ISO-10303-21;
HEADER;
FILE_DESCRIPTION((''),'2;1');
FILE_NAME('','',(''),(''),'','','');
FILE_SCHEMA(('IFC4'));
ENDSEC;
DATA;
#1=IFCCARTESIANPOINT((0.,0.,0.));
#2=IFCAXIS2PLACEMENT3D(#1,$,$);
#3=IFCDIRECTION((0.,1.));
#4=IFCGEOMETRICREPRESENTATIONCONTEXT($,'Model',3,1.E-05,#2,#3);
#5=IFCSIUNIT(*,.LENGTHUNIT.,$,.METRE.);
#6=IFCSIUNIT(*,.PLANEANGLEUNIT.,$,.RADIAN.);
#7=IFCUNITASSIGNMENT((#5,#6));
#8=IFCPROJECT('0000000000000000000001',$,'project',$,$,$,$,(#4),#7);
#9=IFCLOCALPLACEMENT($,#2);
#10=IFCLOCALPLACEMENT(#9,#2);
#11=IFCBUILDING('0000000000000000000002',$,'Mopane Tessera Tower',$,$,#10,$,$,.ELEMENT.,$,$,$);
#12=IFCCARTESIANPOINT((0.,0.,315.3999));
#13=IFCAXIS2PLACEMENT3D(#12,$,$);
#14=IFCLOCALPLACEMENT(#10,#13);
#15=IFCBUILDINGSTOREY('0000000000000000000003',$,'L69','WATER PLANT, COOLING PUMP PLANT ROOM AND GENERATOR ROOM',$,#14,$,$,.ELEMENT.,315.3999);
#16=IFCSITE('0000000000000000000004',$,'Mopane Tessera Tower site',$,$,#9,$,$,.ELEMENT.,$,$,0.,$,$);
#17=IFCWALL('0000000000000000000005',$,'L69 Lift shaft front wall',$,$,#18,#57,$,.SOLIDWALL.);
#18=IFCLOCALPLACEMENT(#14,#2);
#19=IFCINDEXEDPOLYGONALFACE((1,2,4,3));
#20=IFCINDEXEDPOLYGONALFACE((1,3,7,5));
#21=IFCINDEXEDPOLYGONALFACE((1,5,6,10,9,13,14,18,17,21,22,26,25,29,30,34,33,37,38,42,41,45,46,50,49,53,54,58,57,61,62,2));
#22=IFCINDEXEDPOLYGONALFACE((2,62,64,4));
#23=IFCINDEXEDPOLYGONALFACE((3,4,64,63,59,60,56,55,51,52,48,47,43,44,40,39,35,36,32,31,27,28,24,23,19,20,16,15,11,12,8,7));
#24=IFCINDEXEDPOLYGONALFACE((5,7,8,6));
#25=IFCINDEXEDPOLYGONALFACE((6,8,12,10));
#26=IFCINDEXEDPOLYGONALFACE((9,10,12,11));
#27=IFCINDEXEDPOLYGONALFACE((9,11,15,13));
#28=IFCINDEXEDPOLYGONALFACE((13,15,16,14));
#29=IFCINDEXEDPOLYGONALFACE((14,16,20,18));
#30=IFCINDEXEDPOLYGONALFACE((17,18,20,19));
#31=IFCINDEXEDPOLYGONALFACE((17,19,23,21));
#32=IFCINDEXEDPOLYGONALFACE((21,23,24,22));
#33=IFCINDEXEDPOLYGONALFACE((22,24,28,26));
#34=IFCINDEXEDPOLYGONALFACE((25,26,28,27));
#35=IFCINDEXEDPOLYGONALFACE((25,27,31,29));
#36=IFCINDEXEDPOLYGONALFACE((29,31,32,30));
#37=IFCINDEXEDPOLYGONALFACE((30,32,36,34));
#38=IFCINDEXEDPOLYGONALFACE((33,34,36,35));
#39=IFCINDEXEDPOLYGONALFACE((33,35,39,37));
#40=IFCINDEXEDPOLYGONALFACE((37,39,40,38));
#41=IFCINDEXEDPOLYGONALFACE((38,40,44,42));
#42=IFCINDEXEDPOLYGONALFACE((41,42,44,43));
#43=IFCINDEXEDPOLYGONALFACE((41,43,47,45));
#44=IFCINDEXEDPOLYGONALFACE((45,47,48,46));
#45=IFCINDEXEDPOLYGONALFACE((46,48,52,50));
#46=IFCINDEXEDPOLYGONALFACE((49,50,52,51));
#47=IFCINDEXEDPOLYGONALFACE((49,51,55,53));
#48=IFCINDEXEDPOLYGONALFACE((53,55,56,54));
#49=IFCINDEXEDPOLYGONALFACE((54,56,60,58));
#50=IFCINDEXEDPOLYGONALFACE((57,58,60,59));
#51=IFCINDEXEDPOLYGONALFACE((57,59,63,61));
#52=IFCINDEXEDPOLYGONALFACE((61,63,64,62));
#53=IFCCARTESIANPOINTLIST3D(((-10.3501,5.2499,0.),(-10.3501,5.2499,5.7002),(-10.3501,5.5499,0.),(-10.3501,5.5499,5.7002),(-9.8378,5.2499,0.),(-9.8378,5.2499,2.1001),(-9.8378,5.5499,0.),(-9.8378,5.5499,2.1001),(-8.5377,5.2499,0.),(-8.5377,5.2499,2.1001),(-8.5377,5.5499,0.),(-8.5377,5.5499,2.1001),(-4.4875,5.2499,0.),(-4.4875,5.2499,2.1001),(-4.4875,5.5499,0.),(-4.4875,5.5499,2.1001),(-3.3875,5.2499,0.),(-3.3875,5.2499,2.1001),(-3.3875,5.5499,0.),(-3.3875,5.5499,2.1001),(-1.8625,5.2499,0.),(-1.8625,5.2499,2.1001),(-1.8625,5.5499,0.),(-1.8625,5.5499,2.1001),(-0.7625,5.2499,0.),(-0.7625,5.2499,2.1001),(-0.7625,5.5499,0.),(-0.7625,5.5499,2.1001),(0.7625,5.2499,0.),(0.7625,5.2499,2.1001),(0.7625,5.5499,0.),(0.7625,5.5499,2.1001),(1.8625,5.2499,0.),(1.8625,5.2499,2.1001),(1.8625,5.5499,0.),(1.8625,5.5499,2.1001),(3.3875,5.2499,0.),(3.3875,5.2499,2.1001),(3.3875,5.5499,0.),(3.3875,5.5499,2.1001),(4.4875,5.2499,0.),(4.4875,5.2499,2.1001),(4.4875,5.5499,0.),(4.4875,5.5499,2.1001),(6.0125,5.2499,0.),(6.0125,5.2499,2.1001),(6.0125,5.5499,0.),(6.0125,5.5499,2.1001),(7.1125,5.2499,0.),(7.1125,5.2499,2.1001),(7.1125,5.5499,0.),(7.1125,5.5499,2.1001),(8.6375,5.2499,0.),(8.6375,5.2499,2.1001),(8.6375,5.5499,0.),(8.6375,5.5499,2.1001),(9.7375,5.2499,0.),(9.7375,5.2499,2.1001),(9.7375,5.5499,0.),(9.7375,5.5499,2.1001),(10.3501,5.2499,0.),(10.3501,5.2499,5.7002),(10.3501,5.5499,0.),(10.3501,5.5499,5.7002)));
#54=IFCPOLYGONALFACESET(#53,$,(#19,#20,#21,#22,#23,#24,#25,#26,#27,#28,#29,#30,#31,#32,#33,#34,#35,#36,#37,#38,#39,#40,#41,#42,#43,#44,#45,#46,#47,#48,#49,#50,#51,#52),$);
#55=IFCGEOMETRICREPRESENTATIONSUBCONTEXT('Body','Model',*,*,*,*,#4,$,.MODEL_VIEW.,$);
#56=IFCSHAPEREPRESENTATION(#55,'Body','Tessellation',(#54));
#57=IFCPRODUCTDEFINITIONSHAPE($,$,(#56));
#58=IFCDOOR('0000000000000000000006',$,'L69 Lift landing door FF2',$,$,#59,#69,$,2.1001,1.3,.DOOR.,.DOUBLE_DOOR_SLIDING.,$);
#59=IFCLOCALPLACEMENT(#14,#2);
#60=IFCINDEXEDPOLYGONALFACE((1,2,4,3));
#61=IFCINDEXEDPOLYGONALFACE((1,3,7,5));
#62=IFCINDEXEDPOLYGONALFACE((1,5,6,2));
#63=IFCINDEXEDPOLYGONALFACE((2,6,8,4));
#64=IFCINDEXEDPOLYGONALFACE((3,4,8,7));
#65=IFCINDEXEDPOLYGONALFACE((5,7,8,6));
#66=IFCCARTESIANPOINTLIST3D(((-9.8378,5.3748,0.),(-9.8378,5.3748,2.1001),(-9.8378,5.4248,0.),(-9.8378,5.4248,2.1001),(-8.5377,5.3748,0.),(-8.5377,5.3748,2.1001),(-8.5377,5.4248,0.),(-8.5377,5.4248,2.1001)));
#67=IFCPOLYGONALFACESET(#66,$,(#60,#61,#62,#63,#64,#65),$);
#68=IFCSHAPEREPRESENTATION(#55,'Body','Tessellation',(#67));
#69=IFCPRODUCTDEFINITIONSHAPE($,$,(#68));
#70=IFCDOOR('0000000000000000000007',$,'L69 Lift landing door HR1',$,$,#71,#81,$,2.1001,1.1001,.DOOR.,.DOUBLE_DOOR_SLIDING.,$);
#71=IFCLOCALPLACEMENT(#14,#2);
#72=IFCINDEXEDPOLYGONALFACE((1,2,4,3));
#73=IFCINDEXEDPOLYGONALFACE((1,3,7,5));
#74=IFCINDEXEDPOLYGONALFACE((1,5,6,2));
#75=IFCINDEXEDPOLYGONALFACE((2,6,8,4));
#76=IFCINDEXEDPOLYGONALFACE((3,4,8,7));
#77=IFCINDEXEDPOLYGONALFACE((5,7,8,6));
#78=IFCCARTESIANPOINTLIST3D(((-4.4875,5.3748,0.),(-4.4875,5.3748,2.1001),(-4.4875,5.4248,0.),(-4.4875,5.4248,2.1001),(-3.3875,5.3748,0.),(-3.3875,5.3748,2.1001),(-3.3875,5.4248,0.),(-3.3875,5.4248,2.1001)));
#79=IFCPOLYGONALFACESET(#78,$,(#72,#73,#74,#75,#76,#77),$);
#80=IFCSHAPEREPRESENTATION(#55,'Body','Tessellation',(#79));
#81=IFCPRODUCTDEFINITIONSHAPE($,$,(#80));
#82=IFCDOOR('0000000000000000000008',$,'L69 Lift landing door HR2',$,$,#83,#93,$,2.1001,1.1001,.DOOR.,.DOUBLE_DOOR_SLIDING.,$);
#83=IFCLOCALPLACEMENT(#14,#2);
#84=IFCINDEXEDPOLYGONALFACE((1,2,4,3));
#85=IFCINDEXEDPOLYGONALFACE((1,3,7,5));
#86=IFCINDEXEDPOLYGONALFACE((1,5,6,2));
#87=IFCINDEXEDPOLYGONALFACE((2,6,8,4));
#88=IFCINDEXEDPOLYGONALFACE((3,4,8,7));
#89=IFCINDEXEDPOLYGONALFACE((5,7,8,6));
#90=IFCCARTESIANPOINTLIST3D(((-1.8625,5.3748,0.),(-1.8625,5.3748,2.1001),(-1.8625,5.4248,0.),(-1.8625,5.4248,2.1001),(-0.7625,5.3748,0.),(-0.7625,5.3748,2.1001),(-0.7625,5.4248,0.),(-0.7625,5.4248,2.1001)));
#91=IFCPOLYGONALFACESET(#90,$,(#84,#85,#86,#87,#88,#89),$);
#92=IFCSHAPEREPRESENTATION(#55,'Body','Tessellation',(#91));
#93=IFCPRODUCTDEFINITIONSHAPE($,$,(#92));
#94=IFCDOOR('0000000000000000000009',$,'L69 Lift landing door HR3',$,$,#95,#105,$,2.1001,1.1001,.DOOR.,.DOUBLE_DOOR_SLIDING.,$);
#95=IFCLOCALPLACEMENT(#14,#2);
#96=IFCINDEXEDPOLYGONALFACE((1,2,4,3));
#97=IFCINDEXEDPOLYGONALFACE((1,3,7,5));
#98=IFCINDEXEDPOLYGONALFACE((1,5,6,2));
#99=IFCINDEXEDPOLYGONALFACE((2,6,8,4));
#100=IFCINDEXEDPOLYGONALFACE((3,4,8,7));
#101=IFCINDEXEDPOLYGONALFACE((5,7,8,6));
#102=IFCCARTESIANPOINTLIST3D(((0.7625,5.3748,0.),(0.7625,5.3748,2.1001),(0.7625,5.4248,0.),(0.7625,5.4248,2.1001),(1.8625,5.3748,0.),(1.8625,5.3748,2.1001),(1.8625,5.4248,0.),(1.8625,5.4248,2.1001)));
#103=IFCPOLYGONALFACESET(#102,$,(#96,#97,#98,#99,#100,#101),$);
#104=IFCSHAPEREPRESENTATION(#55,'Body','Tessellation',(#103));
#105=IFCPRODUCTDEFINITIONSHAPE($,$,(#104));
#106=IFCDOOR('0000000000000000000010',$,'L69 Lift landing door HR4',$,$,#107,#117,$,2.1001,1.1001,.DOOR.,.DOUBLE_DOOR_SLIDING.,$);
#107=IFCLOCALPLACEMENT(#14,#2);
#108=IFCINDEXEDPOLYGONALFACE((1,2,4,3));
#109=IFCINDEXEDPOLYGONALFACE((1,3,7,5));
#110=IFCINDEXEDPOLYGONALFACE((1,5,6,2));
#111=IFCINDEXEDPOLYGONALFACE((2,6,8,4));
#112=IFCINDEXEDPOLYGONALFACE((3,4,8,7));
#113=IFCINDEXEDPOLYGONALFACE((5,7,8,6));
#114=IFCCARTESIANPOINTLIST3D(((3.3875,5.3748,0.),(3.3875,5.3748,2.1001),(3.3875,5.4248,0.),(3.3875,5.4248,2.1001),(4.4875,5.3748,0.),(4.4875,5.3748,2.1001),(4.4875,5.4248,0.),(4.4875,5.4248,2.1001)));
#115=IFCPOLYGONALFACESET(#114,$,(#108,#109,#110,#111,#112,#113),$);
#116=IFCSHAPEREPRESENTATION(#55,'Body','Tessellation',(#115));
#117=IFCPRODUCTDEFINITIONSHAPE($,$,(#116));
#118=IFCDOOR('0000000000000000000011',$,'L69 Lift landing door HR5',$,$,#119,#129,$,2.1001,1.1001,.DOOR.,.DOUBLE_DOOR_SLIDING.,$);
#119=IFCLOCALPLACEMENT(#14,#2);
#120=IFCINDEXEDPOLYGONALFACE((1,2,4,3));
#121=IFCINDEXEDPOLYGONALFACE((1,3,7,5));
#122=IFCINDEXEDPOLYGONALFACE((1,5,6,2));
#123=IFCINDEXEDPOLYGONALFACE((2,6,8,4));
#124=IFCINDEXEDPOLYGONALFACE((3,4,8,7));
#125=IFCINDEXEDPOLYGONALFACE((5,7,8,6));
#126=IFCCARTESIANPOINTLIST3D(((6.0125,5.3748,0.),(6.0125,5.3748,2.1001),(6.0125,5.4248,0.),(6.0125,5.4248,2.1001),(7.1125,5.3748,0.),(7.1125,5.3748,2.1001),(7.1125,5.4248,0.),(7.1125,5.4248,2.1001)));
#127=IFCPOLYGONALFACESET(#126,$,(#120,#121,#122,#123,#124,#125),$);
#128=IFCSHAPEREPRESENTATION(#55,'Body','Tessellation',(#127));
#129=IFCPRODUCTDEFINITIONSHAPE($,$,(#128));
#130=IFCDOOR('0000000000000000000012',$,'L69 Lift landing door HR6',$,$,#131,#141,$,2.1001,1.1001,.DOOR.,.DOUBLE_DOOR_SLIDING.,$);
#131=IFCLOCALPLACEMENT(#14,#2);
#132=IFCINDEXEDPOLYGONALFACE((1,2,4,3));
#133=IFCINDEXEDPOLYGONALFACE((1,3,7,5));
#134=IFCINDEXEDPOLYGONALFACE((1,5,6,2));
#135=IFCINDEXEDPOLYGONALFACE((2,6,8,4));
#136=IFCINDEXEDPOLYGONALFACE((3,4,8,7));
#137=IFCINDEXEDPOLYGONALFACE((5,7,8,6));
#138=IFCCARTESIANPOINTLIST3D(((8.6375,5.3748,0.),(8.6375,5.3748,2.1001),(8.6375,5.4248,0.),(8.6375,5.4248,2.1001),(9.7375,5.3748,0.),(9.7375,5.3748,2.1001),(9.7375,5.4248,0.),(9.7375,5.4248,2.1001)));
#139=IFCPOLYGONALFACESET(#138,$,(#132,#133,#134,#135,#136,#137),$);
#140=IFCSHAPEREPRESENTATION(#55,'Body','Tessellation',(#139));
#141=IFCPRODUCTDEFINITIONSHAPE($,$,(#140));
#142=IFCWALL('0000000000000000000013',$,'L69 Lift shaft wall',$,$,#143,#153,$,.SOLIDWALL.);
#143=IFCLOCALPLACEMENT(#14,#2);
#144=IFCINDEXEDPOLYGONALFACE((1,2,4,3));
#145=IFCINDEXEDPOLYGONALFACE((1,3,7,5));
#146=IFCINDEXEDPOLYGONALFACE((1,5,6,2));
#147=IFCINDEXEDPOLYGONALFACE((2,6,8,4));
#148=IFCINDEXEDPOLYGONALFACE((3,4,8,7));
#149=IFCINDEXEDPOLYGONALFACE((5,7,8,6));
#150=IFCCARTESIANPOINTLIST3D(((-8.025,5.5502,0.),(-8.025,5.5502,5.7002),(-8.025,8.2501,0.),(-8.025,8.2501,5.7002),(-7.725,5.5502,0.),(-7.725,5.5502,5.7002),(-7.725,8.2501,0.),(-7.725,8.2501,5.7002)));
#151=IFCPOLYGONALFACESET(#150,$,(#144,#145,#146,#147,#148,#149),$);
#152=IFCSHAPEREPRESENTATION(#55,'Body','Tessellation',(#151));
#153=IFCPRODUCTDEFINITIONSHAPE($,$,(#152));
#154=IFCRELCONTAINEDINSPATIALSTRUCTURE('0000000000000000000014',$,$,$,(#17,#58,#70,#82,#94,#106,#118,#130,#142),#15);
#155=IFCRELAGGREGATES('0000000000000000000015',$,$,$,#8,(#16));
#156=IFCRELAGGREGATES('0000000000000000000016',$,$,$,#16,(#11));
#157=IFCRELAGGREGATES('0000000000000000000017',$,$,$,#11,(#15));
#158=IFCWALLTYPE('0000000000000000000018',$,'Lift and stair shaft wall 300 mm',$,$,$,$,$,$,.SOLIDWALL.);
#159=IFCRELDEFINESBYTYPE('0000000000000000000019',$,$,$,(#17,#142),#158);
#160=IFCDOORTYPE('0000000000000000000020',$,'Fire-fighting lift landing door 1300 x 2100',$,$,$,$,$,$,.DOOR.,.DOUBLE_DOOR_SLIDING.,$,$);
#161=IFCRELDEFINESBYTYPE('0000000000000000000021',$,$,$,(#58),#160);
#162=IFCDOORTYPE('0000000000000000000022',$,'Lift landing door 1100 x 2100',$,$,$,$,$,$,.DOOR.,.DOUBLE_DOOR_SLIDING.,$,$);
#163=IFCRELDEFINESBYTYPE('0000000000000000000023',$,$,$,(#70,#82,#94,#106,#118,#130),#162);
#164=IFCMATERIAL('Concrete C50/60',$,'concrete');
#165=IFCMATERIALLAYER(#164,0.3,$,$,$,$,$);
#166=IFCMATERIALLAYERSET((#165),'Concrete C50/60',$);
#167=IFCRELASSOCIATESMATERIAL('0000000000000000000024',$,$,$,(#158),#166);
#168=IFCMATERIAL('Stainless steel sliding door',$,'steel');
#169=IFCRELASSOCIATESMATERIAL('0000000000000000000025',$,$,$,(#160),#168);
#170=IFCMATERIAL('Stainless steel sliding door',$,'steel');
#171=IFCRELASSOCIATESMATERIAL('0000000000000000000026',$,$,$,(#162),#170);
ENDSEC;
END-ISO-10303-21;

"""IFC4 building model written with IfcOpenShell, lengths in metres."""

from ifc_helpers import new_model, si_unit, direction, frame, frame_2d, origin, place, context, subcontext, project, spatial, rectangle, extrude, material, layer, layer_set, type_object, element, fill, save


model = new_model("IFC4")

# Units and contexts
model_context = context("Model", 3, precision=1e-05, world=origin(), true_north=direction((0.0, 1.0)))
body_context = subcontext(model_context, "Body", "Model", "MODEL_VIEW")
ifc_project = project(units=[si_unit("LENGTHUNIT", "METRE"), si_unit("PLANEANGLEUNIT", "RADIAN")], contexts=[model_context])

# Site, building, storey
site_placement = place(None, origin())
site = spatial("IfcSite", under=ifc_project, at=site_placement, Name="Mopane Tessera Tower site", CompositionType="ELEMENT", RefElevation=0.0)
building_placement = place(site_placement, origin())
building = spatial("IfcBuilding", under=site, at=building_placement, Name="Mopane Tessera Tower", CompositionType="ELEMENT")
storey_placement = place(building_placement, frame((0.0, 0.0, 315.3999)))
storey = spatial("IfcBuildingStorey", under=building, at=storey_placement, Name="L69", Description="WATER PLANT, COOLING PUMP PLANT ROOM AND GENERATOR ROOM", CompositionType="ELEMENT", Elevation=315.3999)

# Wall, openings, doors
ifc_material_1 = material(Name="Concrete C50/60", Category="concrete")
ifc_layer_1 = layer(ifc_material_1, 0.3)
ifc_layer_set_1 = layer_set([ifc_layer_1], Name="Concrete C50/60")
wall_type_1 = type_object("IfcWallType", Name="Lift and stair shaft wall 300 mm", PredefinedType="SOLIDWALL", material=ifc_layer_set_1)
ifc_material_2 = material(Name="Stainless steel sliding door", Category="steel")
door_type_1 = type_object("IfcDoorType", Name="Fire-fighting lift landing door 1300 x 2100", OperationType="DOUBLE_DOOR_SLIDING", PredefinedType="DOOR", material=ifc_material_2)
wall_1_placement = place(storey_placement, frame((-10.3501, 5.3999, 0.0), z_axis=(0.0, 0.0, 1.0), x_axis=(1.0, 0.0, 0.0)))
wall_1 = element("IfcWall", 1, at=wall_1_placement, inside=storey, type_object=wall_type_1, Name="L69 Lift shaft front wall", PredefinedType="SOLIDWALL", context=body_context, shape_type="SweptSolid", body=[
    extrude(rectangle(XDim=20.7002, YDim=0.3, at=frame_2d((10.3501, 0.0))), origin(), (0.0, 0.0, 1.0), 5.7002),
])
opening_1_placement = place(wall_1_placement, frame((0.5125, 0.0, 0.0)))
opening_1 = element("IfcOpeningElement", 2, at=opening_1_placement, cuts=wall_1, PredefinedType="OPENING", context=body_context, shape_type="SweptSolid", body=[
    extrude(rectangle(XDim=1.3, YDim=2.1001, at=frame_2d((0.6499, 1.05))), frame((0.0, 0.1621, 0.0), z_axis=(0.0, -1.0, 0.0), x_axis=(1.0, 0.0, 0.0)), (0.0, 0.0, 1.0), 0.324),
])
opening_2_placement = place(wall_1_placement, frame((5.8625, 0.0, 0.0)))
opening_2 = element("IfcOpeningElement", 3, at=opening_2_placement, cuts=wall_1, PredefinedType="OPENING", context=body_context, shape_type="SweptSolid", body=[
    extrude(rectangle(XDim=1.1001, YDim=2.1001, at=frame_2d((0.55, 1.05))), frame((0.0, 0.1621, 0.0), z_axis=(0.0, -1.0, 0.0), x_axis=(1.0, 0.0, 0.0)), (0.0, 0.0, 1.0), 0.324),
])
opening_3_placement = place(wall_1_placement, frame((8.4875, 0.0, 0.0)))
opening_3 = element("IfcOpeningElement", 4, at=opening_3_placement, cuts=wall_1, PredefinedType="OPENING", context=body_context, shape_type="SweptSolid", body=[
    extrude(rectangle(XDim=1.1001, YDim=2.1001, at=frame_2d((0.55, 1.05))), frame((0.0, 0.1621, 0.0), z_axis=(0.0, -1.0, 0.0), x_axis=(1.0, 0.0, 0.0)), (0.0, 0.0, 1.0), 0.324),
])
opening_4_placement = place(wall_1_placement, frame((11.1125, 0.0, 0.0)))
opening_4 = element("IfcOpeningElement", 5, at=opening_4_placement, cuts=wall_1, PredefinedType="OPENING", context=body_context, shape_type="SweptSolid", body=[
    extrude(rectangle(XDim=1.1001, YDim=2.1001, at=frame_2d((0.55, 1.05))), frame((0.0, 0.1621, 0.0), z_axis=(0.0, -1.0, 0.0), x_axis=(1.0, 0.0, 0.0)), (0.0, 0.0, 1.0), 0.324),
])
opening_5_placement = place(wall_1_placement, frame((13.7375, 0.0, 0.0)))
opening_5 = element("IfcOpeningElement", 6, at=opening_5_placement, cuts=wall_1, PredefinedType="OPENING", context=body_context, shape_type="SweptSolid", body=[
    extrude(rectangle(XDim=1.1001, YDim=2.1001, at=frame_2d((0.55, 1.05))), frame((0.0, 0.1621, 0.0), z_axis=(0.0, -1.0, 0.0), x_axis=(1.0, 0.0, 0.0)), (0.0, 0.0, 1.0), 0.324),
])
opening_6_placement = place(wall_1_placement, frame((16.3625, 0.0, 0.0)))
opening_6 = element("IfcOpeningElement", 7, at=opening_6_placement, cuts=wall_1, PredefinedType="OPENING", context=body_context, shape_type="SweptSolid", body=[
    extrude(rectangle(XDim=1.1001, YDim=2.1001, at=frame_2d((0.55, 1.05))), frame((0.0, 0.1621, 0.0), z_axis=(0.0, -1.0, 0.0), x_axis=(1.0, 0.0, 0.0)), (0.0, 0.0, 1.0), 0.324),
])
opening_7_placement = place(wall_1_placement, frame((18.9875, 0.0, 0.0)))
opening_7 = element("IfcOpeningElement", 8, at=opening_7_placement, cuts=wall_1, PredefinedType="OPENING", context=body_context, shape_type="SweptSolid", body=[
    extrude(rectangle(XDim=1.1001, YDim=2.1001, at=frame_2d((0.55, 1.05))), frame((0.0, 0.1621, 0.0), z_axis=(0.0, -1.0, 0.0), x_axis=(1.0, 0.0, 0.0)), (0.0, 0.0, 1.0), 0.324),
])
door_1_placement = place(opening_1_placement, origin())
door_1 = element("IfcDoor", 9, at=door_1_placement, inside=storey, type_object=door_type_1, Name="L69 Lift landing door FF2", OperationType="DOUBLE_DOOR_SLIDING", OverallHeight=2.1001, OverallWidth=1.3, PredefinedType="DOOR", context=body_context, shape_type="SweptSolid", body=[
    extrude(rectangle(XDim=1.3, YDim=2.1001, at=frame_2d((0.6499, 1.05))), frame((0.0, 0.0249, 0.0), z_axis=(0.0, -1.0, 0.0), x_axis=(1.0, 0.0, 0.0)), (0.0, 0.0, 1.0), 0.05),
])
fill(opening_1, door_1)
ifc_material_3 = material(Name="Stainless steel sliding door", Category="steel")
door_type_2 = type_object("IfcDoorType", Name="Lift landing door 1100 x 2100", OperationType="DOUBLE_DOOR_SLIDING", PredefinedType="DOOR", material=ifc_material_3)
door_2_placement = place(opening_2_placement, origin())
door_2 = element("IfcDoor", 10, at=door_2_placement, inside=storey, type_object=door_type_2, Name="L69 Lift landing door HR1", OperationType="DOUBLE_DOOR_SLIDING", OverallHeight=2.1001, OverallWidth=1.1001, PredefinedType="DOOR", context=body_context, shape_type="SweptSolid", body=[
    extrude(rectangle(XDim=1.1001, YDim=2.1001, at=frame_2d((0.55, 1.05))), frame((0.0, 0.0249, 0.0), z_axis=(0.0, -1.0, 0.0), x_axis=(1.0, 0.0, 0.0)), (0.0, 0.0, 1.0), 0.05),
])
fill(opening_2, door_2)
door_3_placement = place(opening_3_placement, origin())
door_3 = element("IfcDoor", 11, at=door_3_placement, inside=storey, type_object=door_type_2, Name="L69 Lift landing door HR2", OperationType="DOUBLE_DOOR_SLIDING", OverallHeight=2.1001, OverallWidth=1.1001, PredefinedType="DOOR", context=body_context, shape_type="SweptSolid", body=[
    extrude(rectangle(XDim=1.1001, YDim=2.1001, at=frame_2d((0.55, 1.05))), frame((0.0, 0.0249, 0.0), z_axis=(0.0, -1.0, 0.0), x_axis=(1.0, 0.0, 0.0)), (0.0, 0.0, 1.0), 0.05),
])
fill(opening_3, door_3)
door_4_placement = place(opening_4_placement, origin())
door_4 = element("IfcDoor", 12, at=door_4_placement, inside=storey, type_object=door_type_2, Name="L69 Lift landing door HR3", OperationType="DOUBLE_DOOR_SLIDING", OverallHeight=2.1001, OverallWidth=1.1001, PredefinedType="DOOR", context=body_context, shape_type="SweptSolid", body=[
    extrude(rectangle(XDim=1.1001, YDim=2.1001, at=frame_2d((0.55, 1.05))), frame((0.0, 0.0249, 0.0), z_axis=(0.0, -1.0, 0.0), x_axis=(1.0, 0.0, 0.0)), (0.0, 0.0, 1.0), 0.05),
])
fill(opening_4, door_4)
door_5_placement = place(opening_5_placement, origin())
door_5 = element("IfcDoor", 13, at=door_5_placement, inside=storey, type_object=door_type_2, Name="L69 Lift landing door HR4", OperationType="DOUBLE_DOOR_SLIDING", OverallHeight=2.1001, OverallWidth=1.1001, PredefinedType="DOOR", context=body_context, shape_type="SweptSolid", body=[
    extrude(rectangle(XDim=1.1001, YDim=2.1001, at=frame_2d((0.55, 1.05))), frame((0.0, 0.0249, 0.0), z_axis=(0.0, -1.0, 0.0), x_axis=(1.0, 0.0, 0.0)), (0.0, 0.0, 1.0), 0.05),
])
fill(opening_5, door_5)
door_6_placement = place(opening_6_placement, origin())
door_6 = element("IfcDoor", 14, at=door_6_placement, inside=storey, type_object=door_type_2, Name="L69 Lift landing door HR5", OperationType="DOUBLE_DOOR_SLIDING", OverallHeight=2.1001, OverallWidth=1.1001, PredefinedType="DOOR", context=body_context, shape_type="SweptSolid", body=[
    extrude(rectangle(XDim=1.1001, YDim=2.1001, at=frame_2d((0.55, 1.05))), frame((0.0, 0.0249, 0.0), z_axis=(0.0, -1.0, 0.0), x_axis=(1.0, 0.0, 0.0)), (0.0, 0.0, 1.0), 0.05),
])
fill(opening_6, door_6)
door_7_placement = place(opening_7_placement, origin())
door_7 = element("IfcDoor", 15, at=door_7_placement, inside=storey, type_object=door_type_2, Name="L69 Lift landing door HR6", OperationType="DOUBLE_DOOR_SLIDING", OverallHeight=2.1001, OverallWidth=1.1001, PredefinedType="DOOR", context=body_context, shape_type="SweptSolid", body=[
    extrude(rectangle(XDim=1.1001, YDim=2.1001, at=frame_2d((0.55, 1.05))), frame((0.0, 0.0249, 0.0), z_axis=(0.0, -1.0, 0.0), x_axis=(1.0, 0.0, 0.0)), (0.0, 0.0, 1.0), 0.05),
])
fill(opening_7, door_7)

# Wall
wall_2_placement = place(storey_placement, frame((-7.875, 5.55, 0.0), z_axis=(0.0, 0.0, 1.0), x_axis=(0.0, 1.0, 0.0)))
element("IfcWall", 16, at=wall_2_placement, inside=storey, type_object=wall_type_1, Name="L69 Lift shaft wall", PredefinedType="SOLIDWALL", context=body_context, shape_type="SweptSolid", body=[
    extrude(rectangle(XDim=2.7, YDim=0.3, at=frame_2d((1.3501, 0.0))), origin(), (0.0, 0.0, 1.0), 5.7002),
])

save(model, "model.ifc")
